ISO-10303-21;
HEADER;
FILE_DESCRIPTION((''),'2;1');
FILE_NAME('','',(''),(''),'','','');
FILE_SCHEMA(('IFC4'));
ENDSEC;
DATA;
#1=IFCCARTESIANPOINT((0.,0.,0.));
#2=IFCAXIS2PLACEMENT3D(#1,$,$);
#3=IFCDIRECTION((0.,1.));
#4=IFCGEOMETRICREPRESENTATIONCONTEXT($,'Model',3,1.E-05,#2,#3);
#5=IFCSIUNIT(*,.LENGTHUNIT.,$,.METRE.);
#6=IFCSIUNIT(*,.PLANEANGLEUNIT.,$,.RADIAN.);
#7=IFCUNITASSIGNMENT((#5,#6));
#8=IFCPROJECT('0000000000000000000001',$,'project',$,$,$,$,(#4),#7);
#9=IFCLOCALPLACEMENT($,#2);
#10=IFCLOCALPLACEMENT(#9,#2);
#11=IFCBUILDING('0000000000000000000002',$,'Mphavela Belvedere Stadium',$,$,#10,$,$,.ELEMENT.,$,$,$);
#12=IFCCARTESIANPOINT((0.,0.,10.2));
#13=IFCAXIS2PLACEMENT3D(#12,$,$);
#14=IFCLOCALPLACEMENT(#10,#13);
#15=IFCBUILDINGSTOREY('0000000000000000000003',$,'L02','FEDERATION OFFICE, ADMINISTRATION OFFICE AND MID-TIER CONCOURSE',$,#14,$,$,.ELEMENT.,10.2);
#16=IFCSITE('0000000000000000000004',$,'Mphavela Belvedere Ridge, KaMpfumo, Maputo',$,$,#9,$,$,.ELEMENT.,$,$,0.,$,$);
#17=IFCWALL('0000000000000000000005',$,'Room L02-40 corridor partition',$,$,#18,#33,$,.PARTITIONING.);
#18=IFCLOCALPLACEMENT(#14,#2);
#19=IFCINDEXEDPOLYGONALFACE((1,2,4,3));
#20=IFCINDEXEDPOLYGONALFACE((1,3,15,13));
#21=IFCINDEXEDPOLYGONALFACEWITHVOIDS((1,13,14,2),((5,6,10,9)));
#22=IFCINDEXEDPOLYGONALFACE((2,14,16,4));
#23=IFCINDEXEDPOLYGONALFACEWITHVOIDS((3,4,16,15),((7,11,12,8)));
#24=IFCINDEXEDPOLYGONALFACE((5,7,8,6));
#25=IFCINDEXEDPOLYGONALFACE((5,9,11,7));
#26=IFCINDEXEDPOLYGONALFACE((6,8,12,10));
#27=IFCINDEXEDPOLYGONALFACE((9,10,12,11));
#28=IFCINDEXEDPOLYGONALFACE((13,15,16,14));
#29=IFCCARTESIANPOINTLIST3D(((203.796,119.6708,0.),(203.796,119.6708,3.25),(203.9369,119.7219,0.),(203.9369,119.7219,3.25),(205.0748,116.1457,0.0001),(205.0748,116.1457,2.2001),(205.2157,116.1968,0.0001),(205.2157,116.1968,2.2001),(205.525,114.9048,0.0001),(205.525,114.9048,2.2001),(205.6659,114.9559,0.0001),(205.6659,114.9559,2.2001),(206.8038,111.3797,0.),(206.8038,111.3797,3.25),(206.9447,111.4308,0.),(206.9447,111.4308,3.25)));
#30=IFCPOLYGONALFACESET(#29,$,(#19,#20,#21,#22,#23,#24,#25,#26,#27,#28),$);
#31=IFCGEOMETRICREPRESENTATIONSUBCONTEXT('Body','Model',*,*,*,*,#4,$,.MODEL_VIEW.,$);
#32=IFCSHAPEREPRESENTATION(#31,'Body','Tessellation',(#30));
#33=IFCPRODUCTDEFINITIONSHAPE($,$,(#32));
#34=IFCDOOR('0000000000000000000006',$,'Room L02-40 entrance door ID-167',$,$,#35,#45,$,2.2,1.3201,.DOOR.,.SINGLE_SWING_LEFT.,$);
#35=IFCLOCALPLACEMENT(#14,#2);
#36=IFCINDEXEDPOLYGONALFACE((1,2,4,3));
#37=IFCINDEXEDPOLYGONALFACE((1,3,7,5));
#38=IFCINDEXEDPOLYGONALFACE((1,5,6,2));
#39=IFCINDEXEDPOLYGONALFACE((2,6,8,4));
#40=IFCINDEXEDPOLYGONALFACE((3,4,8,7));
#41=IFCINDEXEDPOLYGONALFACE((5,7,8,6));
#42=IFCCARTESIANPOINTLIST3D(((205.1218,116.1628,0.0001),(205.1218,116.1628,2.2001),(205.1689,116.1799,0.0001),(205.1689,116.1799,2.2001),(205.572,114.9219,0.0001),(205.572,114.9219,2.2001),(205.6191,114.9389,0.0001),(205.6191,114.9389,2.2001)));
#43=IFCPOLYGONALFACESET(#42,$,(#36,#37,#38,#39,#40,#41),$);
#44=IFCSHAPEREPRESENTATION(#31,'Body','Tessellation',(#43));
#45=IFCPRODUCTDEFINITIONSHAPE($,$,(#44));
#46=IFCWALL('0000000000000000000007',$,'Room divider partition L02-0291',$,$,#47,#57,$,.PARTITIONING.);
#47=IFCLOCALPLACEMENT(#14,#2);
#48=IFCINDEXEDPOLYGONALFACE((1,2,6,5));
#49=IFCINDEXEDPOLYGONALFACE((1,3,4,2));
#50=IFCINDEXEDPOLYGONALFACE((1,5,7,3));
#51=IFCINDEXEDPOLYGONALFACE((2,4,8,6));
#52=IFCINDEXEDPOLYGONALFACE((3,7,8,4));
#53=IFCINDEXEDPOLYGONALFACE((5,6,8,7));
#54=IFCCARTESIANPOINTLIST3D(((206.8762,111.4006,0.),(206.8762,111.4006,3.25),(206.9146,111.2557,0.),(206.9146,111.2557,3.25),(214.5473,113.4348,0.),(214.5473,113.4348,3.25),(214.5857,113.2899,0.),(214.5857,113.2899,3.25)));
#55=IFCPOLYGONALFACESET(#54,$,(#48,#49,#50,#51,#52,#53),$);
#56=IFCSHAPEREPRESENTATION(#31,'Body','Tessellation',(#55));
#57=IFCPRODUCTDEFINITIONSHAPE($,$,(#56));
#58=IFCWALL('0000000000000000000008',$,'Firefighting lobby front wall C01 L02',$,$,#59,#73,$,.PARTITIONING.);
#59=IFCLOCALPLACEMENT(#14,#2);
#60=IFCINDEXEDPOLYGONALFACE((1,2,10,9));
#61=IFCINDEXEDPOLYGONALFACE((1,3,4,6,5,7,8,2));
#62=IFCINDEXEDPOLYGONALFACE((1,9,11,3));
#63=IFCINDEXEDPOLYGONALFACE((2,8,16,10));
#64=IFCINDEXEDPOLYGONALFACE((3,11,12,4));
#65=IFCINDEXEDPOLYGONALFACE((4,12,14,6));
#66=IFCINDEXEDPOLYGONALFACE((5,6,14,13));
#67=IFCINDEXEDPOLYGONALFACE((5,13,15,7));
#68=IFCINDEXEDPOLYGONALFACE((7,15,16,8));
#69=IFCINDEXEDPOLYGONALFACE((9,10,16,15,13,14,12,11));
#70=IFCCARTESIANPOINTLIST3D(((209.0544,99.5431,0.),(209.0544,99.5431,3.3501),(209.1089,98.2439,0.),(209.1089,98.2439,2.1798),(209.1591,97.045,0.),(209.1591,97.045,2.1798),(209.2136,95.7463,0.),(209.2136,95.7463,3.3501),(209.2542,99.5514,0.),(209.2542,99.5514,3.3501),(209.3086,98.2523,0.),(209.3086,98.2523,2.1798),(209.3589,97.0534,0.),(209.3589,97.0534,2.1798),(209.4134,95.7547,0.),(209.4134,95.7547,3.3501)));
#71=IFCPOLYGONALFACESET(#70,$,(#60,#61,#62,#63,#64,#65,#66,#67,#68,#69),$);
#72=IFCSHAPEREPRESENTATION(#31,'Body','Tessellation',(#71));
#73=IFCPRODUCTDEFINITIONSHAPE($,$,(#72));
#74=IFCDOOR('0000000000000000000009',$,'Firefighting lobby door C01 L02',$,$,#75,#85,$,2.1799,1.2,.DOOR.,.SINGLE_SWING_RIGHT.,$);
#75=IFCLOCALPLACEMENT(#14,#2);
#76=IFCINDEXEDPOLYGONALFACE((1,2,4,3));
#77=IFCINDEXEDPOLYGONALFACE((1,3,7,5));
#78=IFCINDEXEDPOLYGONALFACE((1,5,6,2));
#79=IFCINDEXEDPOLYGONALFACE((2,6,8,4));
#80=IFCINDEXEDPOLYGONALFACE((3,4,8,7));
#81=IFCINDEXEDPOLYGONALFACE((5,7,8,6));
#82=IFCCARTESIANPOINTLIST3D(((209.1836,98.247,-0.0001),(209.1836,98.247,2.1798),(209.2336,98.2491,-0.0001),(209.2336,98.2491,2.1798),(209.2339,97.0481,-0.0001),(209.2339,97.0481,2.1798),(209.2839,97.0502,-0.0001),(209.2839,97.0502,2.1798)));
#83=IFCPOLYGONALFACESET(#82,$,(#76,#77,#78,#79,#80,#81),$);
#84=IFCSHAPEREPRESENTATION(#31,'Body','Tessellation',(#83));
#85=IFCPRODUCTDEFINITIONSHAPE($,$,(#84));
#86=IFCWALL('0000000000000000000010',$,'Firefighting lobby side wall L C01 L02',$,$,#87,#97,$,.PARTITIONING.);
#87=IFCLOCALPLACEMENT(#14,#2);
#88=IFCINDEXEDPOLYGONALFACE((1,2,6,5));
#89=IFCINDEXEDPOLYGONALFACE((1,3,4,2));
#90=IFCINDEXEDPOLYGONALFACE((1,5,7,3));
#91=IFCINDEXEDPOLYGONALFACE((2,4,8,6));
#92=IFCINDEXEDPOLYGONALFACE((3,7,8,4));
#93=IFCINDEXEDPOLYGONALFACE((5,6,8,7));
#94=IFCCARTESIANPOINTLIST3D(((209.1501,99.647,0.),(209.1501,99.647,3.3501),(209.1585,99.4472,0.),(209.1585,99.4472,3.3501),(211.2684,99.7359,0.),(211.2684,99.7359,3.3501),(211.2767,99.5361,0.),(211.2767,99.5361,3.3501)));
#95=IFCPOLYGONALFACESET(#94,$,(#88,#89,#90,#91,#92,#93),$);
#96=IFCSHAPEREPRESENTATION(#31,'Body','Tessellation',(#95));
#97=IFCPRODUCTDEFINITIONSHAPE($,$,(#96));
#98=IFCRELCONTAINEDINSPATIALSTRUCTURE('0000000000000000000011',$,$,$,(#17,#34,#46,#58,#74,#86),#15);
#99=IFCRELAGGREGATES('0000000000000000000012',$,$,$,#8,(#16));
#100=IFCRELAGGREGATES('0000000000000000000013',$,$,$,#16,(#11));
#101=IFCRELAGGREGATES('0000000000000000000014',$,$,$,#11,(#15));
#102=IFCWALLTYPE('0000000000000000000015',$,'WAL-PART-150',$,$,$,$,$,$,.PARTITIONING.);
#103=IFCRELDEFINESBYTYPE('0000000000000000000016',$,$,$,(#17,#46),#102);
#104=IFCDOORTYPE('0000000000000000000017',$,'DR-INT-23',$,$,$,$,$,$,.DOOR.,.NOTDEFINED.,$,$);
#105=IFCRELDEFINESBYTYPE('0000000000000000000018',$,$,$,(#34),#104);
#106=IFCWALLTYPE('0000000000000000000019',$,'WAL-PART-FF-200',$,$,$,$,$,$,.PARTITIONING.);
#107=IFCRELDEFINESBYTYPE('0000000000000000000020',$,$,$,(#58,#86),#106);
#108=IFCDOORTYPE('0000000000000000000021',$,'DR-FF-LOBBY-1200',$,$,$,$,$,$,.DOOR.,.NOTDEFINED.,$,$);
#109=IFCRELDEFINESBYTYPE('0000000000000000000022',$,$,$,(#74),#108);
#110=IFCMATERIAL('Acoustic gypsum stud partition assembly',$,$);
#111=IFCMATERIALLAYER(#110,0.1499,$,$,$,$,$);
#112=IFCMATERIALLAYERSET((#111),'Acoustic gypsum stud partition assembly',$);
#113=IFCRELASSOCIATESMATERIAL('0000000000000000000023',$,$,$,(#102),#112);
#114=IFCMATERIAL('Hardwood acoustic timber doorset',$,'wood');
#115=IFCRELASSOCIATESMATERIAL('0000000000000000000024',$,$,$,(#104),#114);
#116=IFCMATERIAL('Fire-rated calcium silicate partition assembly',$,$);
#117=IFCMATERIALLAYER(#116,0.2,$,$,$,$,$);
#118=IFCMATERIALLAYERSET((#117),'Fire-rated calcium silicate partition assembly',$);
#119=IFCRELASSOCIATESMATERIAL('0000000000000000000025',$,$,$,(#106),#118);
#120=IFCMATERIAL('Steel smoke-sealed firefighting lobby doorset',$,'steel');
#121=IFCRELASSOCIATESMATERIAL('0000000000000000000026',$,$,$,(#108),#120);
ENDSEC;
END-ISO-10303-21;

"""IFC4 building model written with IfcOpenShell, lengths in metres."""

from ifc_helpers import new_model, si_unit, direction, frame, frame_2d, origin, place, context, subcontext, project, spatial, rectangle, extrude, material, layer, layer_set, type_object, element, fill, save


model = new_model("IFC4")

# Units and contexts
model_context = context("Model", 3, precision=1e-05, world=origin(), true_north=direction((0.0, 1.0)))
body_context = subcontext(model_context, "Body", "Model", "MODEL_VIEW")
ifc_project = project(units=[si_unit("LENGTHUNIT", "METRE"), si_unit("PLANEANGLEUNIT", "RADIAN")], contexts=[model_context])

# Site, building, storey
site_placement = place(None, origin())
site = spatial("IfcSite", under=ifc_project, at=site_placement, Name="Mphavela Belvedere Ridge, KaMpfumo, Maputo", CompositionType="ELEMENT", RefElevation=0.0)
building_placement = place(site_placement, origin())
building = spatial("IfcBuilding", under=site, at=building_placement, Name="Mphavela Belvedere Stadium", CompositionType="ELEMENT")
storey_placement = place(building_placement, frame((0.0, 0.0, 10.2)))
storey = spatial("IfcBuildingStorey", under=building, at=storey_placement, Name="L02", Description="FEDERATION OFFICE, ADMINISTRATION OFFICE AND MID-TIER CONCOURSE", CompositionType="ELEMENT", Elevation=10.2)

# Wall, opening, door
ifc_material_1 = material(Name="Acoustic gypsum stud partition assembly")
ifc_layer_1 = layer(ifc_material_1, 0.1499)
ifc_layer_set_1 = layer_set([ifc_layer_1], Name="Acoustic gypsum stud partition assembly")
wall_type_1 = type_object("IfcWallType", Name="WAL-PART-150", PredefinedType="PARTITIONING", material=ifc_layer_set_1)
wall_1_placement = place(storey_placement, frame((206.8743, 111.4053, 0.0), z_axis=(0.0, 0.0, 1.0), x_axis=(-0.341032, 0.940052, 0.0)))
wall_1 = element("IfcWall", 1, at=wall_1_placement, inside=storey, type_object=wall_type_1, Name="Room L02-40 corridor partition", PredefinedType="PARTITIONING", context=body_context, shape_type="SweptSolid", body=[
    extrude(rectangle(XDim=8.8198, YDim=0.1499, at=frame_2d((4.4099, 0.0))), origin(), (0.0, 0.0, 1.0), 3.25),
])
opening_1_placement = place(wall_1_placement, frame((3.7498, 0.0, 0.0)))
opening_1 = element("IfcOpeningElement", 2, at=opening_1_placement, cuts=wall_1, PredefinedType="OPENING", context=body_context, shape_type="SweptSolid", body=[
    extrude(rectangle(XDim=1.3201, YDim=2.2, at=frame_2d((0.6602, 1.1001))), frame((0.0, 0.085, 0.0), z_axis=(0.0, -1.0, 0.0), x_axis=(1.0, 0.0, 0.0)), (0.0, 0.0, 1.0), 0.1699),
])
ifc_material_2 = material(Name="Hardwood acoustic timber doorset", Category="wood")
door_type_1 = type_object("IfcDoorType", Name="DR-INT-23", OperationType="NOTDEFINED", PredefinedType="DOOR", material=ifc_material_2)
door_1_placement = place(opening_1_placement, origin())
door_1 = element("IfcDoor", 3, at=door_1_placement, inside=storey, type_object=door_type_1, Name="Room L02-40 entrance door ID-167", OperationType="SINGLE_SWING_LEFT", OverallHeight=2.2, OverallWidth=1.3201, PredefinedType="DOOR", context=body_context, shape_type="SweptSolid", body=[
    extrude(rectangle(XDim=1.3201, YDim=2.2, at=frame_2d((0.6602, 1.1001))), frame((0.0, 0.0249, 0.0), z_axis=(0.0, -1.0, 0.0), x_axis=(1.0, 0.0, 0.0)), (0.0, 0.0, 1.0), 0.05),
])
fill(opening_1, door_1)

# Wall
wall_2_placement = place(storey_placement, frame((206.8953, 111.3281, 0.0), z_axis=(0.0, 0.0, 1.0), x_axis=(0.966593, 0.256314, 0.0)))
element("IfcWall", 4, at=wall_2_placement, inside=storey, type_object=wall_type_1, Name="Room divider partition L02-0291", PredefinedType="PARTITIONING", context=body_context, shape_type="SweptSolid", body=[
    extrude(rectangle(XDim=7.9363, YDim=0.1499, at=frame_2d((3.9683, 0.0))), origin(), (0.0, 0.0, 1.0), 3.25),
])

# Wall, opening, door
ifc_material_3 = material(Name="Fire-rated calcium silicate partition assembly")
ifc_layer_2 = layer(ifc_material_3, 0.2)
ifc_layer_set_2 = layer_set([ifc_layer_2], Name="Fire-rated calcium silicate partition assembly")
wall_type_2 = type_object("IfcWallType", Name="WAL-PART-FF-200", PredefinedType="PARTITIONING", material=ifc_layer_set_2)
wall_3_placement = place(storey_placement, frame((209.1543, 99.5471, 0.0), z_axis=(0.0, 0.0, 1.0), x_axis=(0.04189, -0.999122, 0.0)))
wall_3 = element("IfcWall", 5, at=wall_3_placement, inside=storey, type_object=wall_type_2, Name="Firefighting lobby front wall C01 L02", PredefinedType="PARTITIONING", context=body_context, shape_type="SweptSolid", body=[
    extrude(rectangle(XDim=3.8, YDim=0.2, at=frame_2d((1.8999, 0.0))), origin(), (0.0, 0.0, 1.0), 3.3501),
])
opening_2_placement = place(wall_3_placement, frame((1.3, 0.0, 0.0)))
opening_2 = element("IfcOpeningElement", 6, at=opening_2_placement, cuts=wall_3, PredefinedType="OPENING", context=body_context, shape_type="SweptSolid", body=[
    extrude(rectangle(XDim=1.2, YDim=2.1799, at=frame_2d((0.6001, 1.0898))), frame((0.0, 0.1099, 0.0), z_axis=(0.0, -1.0, 0.0), x_axis=(1.0, 0.0, 0.0)), (0.0, 0.0, 1.0), 0.22),
])
ifc_material_4 = material(Name="Steel smoke-sealed firefighting lobby doorset", Category="steel")
door_type_2 = type_object("IfcDoorType", Name="DR-FF-LOBBY-1200", OperationType="NOTDEFINED", PredefinedType="DOOR", material=ifc_material_4)
door_2_placement = place(opening_2_placement, origin())
door_2 = element("IfcDoor", 7, at=door_2_placement, inside=storey, type_object=door_type_2, Name="Firefighting lobby door C01 L02", OperationType="SINGLE_SWING_RIGHT", OverallHeight=2.1799, OverallWidth=1.2, PredefinedType="DOOR", context=body_context, shape_type="SweptSolid", body=[
    extrude(rectangle(XDim=1.2, YDim=2.1799, at=frame_2d((0.6001, 1.0898))), frame((0.0, 0.0249, 0.0), z_axis=(0.0, -1.0, 0.0), x_axis=(1.0, 0.0, 0.0)), (0.0, 0.0, 1.0), 0.05),
])
fill(opening_2, door_2)

# Wall
wall_4_placement = place(storey_placement, frame((209.1543, 99.5471, 0.0), z_axis=(0.0, 0.0, 1.0), x_axis=(0.999121, 0.041918, 0.0)))
element("IfcWall", 8, at=wall_4_placement, inside=storey, type_object=wall_type_2, Name="Firefighting lobby side wall L C01 L02", PredefinedType="PARTITIONING", context=body_context, shape_type="SweptSolid", body=[
    extrude(rectangle(XDim=2.1201, YDim=0.2, at=frame_2d((1.0601, 0.0))), origin(), (0.0, 0.0, 1.0), 3.3501),
])

save(model, "model.ifc")
